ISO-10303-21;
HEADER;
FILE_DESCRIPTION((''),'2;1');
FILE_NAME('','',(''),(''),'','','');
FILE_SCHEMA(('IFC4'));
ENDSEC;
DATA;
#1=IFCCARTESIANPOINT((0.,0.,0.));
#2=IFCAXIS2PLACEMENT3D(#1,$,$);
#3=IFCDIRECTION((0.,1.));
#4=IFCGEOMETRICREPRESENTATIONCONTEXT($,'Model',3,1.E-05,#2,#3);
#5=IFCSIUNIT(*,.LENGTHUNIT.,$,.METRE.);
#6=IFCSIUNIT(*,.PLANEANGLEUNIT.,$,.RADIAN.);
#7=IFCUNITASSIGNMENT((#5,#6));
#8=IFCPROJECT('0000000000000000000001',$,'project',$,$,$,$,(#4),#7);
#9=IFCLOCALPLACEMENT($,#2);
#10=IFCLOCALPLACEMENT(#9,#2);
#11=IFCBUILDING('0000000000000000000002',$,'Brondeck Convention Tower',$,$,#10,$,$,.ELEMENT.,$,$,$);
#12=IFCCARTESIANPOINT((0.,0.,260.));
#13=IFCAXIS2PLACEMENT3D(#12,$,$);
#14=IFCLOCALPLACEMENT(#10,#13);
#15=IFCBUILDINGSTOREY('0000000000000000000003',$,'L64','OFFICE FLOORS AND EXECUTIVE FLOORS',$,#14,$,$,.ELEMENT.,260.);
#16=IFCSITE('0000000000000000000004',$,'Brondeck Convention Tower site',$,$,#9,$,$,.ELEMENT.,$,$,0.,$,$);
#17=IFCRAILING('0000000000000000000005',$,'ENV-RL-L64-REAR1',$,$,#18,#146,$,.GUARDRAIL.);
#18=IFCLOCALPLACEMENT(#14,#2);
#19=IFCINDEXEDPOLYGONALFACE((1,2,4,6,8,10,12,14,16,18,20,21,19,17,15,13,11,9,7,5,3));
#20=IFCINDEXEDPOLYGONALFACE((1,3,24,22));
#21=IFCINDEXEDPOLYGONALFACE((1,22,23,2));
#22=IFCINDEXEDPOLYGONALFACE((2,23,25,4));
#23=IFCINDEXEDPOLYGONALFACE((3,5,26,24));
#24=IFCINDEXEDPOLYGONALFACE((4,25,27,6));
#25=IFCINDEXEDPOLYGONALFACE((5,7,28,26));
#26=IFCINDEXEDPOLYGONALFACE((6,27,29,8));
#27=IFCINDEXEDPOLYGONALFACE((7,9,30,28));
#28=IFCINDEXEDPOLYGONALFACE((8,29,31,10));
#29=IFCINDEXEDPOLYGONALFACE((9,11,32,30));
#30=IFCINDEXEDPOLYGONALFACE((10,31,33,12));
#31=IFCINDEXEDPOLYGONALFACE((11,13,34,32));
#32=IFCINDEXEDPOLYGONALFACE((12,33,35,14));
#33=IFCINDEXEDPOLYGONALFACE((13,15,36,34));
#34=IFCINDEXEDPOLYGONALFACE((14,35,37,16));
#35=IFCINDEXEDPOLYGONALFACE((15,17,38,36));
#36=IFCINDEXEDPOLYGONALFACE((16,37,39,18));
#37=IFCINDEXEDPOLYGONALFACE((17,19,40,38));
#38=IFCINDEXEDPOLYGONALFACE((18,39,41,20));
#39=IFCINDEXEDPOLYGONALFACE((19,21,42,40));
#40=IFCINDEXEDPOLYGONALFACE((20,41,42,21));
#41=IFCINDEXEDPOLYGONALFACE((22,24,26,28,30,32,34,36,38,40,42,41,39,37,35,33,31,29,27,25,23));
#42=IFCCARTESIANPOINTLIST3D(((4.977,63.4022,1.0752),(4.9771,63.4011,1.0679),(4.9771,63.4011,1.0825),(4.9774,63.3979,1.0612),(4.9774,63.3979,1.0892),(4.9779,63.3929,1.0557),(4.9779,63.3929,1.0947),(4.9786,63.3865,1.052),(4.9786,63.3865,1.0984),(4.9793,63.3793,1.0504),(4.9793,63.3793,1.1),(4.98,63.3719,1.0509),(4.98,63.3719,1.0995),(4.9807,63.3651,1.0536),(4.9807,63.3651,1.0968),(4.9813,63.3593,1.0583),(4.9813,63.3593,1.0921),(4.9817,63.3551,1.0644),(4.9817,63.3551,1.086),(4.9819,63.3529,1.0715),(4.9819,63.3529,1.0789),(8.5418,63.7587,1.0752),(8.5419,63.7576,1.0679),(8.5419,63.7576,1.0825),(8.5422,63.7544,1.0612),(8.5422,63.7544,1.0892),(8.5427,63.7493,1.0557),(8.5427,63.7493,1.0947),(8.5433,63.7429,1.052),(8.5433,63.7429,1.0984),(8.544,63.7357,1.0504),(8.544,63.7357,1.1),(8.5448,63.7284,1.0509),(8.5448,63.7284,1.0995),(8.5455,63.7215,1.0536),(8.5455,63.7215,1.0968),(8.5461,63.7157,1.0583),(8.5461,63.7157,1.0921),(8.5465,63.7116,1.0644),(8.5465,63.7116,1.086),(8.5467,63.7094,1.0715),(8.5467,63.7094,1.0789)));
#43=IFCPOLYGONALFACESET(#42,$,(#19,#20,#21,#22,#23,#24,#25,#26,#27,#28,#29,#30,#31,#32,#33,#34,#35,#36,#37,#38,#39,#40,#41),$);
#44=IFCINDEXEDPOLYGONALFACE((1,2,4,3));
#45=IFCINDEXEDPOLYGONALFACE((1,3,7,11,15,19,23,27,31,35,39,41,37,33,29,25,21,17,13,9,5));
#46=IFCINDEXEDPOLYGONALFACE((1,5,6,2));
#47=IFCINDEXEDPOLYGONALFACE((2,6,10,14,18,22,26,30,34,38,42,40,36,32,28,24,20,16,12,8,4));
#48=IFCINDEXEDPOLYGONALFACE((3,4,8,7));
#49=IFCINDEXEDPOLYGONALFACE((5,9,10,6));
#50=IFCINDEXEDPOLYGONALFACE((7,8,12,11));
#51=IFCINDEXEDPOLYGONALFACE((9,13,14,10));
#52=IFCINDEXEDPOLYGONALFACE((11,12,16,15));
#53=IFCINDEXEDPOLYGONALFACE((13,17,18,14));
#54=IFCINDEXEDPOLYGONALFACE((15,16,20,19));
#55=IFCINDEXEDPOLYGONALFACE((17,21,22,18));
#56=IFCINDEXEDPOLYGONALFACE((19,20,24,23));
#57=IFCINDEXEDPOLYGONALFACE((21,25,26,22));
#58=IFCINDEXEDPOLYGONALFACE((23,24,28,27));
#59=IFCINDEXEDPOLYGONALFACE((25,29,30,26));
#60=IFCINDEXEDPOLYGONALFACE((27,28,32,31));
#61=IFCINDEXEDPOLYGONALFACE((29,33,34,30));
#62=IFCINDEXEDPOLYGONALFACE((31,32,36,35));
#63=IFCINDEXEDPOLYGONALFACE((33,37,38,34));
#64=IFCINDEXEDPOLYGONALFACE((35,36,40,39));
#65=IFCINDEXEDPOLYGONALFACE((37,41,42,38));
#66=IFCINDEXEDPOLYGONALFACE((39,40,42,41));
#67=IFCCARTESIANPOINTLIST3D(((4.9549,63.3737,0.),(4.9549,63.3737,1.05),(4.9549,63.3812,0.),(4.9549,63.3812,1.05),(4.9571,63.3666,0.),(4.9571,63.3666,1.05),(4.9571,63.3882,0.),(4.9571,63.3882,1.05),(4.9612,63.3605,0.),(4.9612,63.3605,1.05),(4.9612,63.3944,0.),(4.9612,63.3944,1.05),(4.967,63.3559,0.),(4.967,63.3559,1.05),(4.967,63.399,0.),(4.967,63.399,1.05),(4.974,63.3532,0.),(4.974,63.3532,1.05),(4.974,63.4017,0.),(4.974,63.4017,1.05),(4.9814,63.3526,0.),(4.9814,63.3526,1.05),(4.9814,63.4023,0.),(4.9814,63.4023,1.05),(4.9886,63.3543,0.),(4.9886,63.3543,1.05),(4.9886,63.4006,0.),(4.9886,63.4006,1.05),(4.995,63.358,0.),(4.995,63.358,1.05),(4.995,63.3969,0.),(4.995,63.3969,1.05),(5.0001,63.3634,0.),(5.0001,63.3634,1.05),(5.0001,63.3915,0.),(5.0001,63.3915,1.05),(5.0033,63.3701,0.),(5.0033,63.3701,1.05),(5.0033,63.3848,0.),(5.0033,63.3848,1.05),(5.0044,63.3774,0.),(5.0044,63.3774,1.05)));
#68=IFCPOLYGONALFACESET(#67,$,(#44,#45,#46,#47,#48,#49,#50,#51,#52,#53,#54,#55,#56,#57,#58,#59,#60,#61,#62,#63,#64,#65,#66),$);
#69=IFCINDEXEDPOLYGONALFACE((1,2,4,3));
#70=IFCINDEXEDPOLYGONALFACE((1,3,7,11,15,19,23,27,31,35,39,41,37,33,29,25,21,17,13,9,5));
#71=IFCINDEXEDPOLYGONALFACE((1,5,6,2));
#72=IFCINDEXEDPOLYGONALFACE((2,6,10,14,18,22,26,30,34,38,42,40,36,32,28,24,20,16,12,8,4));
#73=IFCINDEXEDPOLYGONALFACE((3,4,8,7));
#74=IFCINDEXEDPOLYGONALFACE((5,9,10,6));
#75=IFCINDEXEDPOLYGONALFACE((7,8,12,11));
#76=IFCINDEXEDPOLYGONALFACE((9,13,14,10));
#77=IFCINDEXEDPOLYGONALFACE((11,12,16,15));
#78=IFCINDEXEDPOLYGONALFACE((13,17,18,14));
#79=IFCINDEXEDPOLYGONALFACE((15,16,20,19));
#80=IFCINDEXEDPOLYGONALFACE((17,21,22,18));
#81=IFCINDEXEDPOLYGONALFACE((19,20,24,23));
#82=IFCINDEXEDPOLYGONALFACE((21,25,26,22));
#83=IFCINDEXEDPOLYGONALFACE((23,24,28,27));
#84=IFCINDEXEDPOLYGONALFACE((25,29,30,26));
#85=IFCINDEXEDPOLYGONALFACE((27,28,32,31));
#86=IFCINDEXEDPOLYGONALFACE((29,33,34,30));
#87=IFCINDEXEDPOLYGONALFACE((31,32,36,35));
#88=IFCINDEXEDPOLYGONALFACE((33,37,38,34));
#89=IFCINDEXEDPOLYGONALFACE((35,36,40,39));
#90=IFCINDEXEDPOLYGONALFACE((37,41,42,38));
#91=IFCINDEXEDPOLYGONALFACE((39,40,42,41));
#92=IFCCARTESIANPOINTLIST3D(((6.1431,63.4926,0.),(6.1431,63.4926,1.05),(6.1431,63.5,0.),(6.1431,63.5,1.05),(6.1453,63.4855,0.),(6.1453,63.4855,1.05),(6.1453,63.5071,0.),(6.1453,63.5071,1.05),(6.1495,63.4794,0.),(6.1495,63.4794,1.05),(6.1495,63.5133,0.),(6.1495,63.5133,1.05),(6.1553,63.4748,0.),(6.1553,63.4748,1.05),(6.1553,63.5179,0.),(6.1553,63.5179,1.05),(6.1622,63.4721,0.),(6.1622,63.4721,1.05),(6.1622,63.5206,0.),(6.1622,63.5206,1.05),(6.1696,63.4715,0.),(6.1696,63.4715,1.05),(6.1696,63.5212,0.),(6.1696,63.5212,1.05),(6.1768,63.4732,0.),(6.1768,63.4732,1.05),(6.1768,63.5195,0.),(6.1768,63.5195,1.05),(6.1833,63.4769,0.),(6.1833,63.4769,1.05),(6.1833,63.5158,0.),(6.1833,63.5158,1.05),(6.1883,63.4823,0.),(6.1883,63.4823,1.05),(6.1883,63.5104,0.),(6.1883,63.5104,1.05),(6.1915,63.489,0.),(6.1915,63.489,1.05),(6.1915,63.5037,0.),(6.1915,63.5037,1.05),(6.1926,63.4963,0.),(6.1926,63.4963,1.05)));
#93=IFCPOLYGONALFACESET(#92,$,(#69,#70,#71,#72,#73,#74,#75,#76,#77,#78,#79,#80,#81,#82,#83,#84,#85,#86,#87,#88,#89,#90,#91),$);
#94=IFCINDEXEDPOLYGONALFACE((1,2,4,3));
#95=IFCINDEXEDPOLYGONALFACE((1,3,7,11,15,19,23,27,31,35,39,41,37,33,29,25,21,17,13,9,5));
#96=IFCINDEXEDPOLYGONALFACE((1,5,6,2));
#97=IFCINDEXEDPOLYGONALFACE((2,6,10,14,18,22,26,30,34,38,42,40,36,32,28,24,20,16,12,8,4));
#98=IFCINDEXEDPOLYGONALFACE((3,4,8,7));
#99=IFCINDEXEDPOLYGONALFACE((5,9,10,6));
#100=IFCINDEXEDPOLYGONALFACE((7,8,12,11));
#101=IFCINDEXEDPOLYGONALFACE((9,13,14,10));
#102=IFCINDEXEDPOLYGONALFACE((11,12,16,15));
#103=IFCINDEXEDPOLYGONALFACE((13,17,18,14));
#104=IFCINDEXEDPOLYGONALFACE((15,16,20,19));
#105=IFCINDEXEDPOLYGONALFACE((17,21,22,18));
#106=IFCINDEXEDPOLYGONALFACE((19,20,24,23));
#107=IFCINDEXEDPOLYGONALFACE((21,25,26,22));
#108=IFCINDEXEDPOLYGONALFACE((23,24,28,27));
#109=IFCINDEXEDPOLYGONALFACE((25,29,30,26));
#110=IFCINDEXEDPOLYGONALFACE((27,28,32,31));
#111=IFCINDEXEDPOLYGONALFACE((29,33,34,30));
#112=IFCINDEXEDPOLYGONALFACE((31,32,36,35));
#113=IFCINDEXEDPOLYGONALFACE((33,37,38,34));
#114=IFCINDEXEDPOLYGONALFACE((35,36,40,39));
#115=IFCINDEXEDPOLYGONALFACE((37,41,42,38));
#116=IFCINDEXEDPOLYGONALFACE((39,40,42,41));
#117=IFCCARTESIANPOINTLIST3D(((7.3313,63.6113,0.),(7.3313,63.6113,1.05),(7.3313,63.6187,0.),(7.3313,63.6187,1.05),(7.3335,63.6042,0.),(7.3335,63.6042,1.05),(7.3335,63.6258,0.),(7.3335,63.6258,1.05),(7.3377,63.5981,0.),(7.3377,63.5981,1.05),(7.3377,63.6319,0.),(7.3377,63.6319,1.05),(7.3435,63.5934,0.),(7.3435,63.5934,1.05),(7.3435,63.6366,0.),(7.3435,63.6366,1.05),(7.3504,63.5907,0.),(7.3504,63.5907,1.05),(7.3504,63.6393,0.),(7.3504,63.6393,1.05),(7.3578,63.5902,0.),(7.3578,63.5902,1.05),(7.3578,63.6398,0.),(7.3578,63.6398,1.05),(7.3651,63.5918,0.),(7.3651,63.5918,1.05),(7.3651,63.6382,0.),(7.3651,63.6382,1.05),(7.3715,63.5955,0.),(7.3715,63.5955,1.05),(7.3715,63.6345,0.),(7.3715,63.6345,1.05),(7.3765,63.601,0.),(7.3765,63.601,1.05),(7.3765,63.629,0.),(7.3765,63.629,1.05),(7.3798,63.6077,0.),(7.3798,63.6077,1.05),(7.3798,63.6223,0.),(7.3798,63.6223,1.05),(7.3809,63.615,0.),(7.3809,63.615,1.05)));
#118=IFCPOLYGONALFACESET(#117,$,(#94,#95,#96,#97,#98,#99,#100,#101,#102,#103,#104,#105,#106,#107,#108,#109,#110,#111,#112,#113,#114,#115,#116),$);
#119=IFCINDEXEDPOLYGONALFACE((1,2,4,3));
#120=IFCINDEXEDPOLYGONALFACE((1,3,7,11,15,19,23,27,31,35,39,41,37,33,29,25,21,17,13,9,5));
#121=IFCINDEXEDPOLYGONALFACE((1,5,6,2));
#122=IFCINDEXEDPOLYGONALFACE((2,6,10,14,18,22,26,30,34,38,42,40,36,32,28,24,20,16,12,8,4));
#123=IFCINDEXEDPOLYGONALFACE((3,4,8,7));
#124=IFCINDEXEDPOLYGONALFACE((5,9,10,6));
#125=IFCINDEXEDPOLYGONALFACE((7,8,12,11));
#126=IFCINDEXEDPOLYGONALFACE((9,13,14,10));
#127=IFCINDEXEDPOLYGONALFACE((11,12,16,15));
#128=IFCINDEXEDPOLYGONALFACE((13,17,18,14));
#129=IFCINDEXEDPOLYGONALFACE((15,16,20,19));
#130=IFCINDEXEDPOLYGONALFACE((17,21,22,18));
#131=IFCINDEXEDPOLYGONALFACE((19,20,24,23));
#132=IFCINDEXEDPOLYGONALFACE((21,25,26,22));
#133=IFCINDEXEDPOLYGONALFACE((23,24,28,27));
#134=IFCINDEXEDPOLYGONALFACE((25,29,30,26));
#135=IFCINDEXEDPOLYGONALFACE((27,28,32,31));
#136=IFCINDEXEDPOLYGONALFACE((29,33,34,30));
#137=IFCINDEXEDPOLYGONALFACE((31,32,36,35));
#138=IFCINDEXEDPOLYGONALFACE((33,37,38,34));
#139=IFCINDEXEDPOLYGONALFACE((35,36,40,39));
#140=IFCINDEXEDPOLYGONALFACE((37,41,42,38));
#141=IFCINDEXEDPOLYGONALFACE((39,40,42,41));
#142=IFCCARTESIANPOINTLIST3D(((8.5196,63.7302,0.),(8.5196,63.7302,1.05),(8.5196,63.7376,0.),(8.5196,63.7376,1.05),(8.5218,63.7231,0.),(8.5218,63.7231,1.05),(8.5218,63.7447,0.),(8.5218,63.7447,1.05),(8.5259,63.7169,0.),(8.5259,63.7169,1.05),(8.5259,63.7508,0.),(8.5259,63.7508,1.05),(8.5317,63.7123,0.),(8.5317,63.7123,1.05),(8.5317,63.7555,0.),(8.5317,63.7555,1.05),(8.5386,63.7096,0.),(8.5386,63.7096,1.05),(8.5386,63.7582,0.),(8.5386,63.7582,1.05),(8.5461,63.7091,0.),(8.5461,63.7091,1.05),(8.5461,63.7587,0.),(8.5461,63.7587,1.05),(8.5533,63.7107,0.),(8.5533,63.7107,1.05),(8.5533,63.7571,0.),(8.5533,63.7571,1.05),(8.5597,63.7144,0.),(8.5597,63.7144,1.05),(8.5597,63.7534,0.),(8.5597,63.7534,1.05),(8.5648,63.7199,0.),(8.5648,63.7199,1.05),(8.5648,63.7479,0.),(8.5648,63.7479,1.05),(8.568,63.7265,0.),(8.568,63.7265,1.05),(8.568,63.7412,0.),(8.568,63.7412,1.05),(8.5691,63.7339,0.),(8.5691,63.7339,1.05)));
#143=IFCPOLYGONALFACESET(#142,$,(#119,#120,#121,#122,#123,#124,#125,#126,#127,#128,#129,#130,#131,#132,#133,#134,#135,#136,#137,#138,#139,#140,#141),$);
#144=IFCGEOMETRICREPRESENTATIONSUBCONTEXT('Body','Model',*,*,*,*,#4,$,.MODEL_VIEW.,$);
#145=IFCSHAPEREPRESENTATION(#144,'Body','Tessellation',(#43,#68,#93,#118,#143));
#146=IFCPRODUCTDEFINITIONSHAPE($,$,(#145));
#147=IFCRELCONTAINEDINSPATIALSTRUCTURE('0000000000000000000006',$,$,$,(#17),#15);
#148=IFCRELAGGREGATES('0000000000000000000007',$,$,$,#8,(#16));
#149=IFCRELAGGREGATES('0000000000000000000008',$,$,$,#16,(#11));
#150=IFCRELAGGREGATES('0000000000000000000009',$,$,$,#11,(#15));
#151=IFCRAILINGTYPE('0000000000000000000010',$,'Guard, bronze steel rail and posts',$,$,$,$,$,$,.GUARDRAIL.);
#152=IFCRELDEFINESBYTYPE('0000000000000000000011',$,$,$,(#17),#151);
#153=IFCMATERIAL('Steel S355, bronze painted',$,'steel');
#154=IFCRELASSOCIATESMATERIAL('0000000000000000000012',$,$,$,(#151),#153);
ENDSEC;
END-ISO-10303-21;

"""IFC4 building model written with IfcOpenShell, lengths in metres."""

from ifc_helpers import new_model, si_unit, direction, frame, origin, origin_2d, place, context, subcontext, project, spatial, circle, extrude, material, type_object, element, save


model = new_model("IFC4")

# Units and contexts
model_context = context("Model", 3, precision=1e-05, world=origin(), true_north=direction((0.0, 1.0)))
body_context = subcontext(model_context, "Body", "Model", "MODEL_VIEW")
ifc_project = project(units=[si_unit("LENGTHUNIT", "METRE"), si_unit("PLANEANGLEUNIT", "RADIAN")], contexts=[model_context])

# Site, building, storey
site_placement = place(None, origin())
site = spatial("IfcSite", under=ifc_project, at=site_placement, Name="Brondeck Convention Tower site", CompositionType="ELEMENT", RefElevation=0.0)
building_placement = place(site_placement, origin())
building = spatial("IfcBuilding", under=site, at=building_placement, Name="Brondeck Convention Tower", CompositionType="ELEMENT")
storey_placement = place(building_placement, frame((0.0, 0.0, 260.0)))
storey = spatial("IfcBuildingStorey", under=building, at=storey_placement, Name="L64", Description="OFFICE FLOORS AND EXECUTIVE FLOORS", CompositionType="ELEMENT", Elevation=260.0)

# Railing
ifc_material_1 = material(Name="Steel S355, bronze painted", Category="steel")
railing_type = type_object("IfcRailingType", Name="Guard, bronze steel rail and posts", PredefinedType="GUARDRAIL", material=ifc_material_1)
railing_placement = place(storey_placement, frame((4.9795, 63.3774, 0.0)))
element("IfcRailing", 1, at=railing_placement, inside=storey, type_object=railing_type, Name="ENV-RL-L64-REAR1", PredefinedType="GUARDRAIL", context=body_context, shape_type="SweptSolid", body=[
    extrude(circle(Radius=0.0249, at=origin_2d()), frame((0.0, 0.0, 1.0752), z_axis=(0.995038, 0.099497, 0.0), x_axis=(-0.099497, 0.995038, 0.0)), (0.0, 0.0, 1.0), 3.5825),
    extrude(circle(Radius=0.0249, at=origin_2d()), origin(), (0.0, 0.0, 1.0), 1.05),
    extrude(circle(Radius=0.0249, at=origin_2d()), frame((1.1882, 0.1189, 0.0)), (0.0, 0.0, 1.0), 1.05),
    extrude(circle(Radius=0.0249, at=origin_2d()), frame((2.3765, 0.2375, 0.0)), (0.0, 0.0, 1.0), 1.05),
    extrude(circle(Radius=0.0249, at=origin_2d()), frame((3.5647, 0.3564, 0.0)), (0.0, 0.0, 1.0), 1.05),
])

save(model, "model.ifc")
